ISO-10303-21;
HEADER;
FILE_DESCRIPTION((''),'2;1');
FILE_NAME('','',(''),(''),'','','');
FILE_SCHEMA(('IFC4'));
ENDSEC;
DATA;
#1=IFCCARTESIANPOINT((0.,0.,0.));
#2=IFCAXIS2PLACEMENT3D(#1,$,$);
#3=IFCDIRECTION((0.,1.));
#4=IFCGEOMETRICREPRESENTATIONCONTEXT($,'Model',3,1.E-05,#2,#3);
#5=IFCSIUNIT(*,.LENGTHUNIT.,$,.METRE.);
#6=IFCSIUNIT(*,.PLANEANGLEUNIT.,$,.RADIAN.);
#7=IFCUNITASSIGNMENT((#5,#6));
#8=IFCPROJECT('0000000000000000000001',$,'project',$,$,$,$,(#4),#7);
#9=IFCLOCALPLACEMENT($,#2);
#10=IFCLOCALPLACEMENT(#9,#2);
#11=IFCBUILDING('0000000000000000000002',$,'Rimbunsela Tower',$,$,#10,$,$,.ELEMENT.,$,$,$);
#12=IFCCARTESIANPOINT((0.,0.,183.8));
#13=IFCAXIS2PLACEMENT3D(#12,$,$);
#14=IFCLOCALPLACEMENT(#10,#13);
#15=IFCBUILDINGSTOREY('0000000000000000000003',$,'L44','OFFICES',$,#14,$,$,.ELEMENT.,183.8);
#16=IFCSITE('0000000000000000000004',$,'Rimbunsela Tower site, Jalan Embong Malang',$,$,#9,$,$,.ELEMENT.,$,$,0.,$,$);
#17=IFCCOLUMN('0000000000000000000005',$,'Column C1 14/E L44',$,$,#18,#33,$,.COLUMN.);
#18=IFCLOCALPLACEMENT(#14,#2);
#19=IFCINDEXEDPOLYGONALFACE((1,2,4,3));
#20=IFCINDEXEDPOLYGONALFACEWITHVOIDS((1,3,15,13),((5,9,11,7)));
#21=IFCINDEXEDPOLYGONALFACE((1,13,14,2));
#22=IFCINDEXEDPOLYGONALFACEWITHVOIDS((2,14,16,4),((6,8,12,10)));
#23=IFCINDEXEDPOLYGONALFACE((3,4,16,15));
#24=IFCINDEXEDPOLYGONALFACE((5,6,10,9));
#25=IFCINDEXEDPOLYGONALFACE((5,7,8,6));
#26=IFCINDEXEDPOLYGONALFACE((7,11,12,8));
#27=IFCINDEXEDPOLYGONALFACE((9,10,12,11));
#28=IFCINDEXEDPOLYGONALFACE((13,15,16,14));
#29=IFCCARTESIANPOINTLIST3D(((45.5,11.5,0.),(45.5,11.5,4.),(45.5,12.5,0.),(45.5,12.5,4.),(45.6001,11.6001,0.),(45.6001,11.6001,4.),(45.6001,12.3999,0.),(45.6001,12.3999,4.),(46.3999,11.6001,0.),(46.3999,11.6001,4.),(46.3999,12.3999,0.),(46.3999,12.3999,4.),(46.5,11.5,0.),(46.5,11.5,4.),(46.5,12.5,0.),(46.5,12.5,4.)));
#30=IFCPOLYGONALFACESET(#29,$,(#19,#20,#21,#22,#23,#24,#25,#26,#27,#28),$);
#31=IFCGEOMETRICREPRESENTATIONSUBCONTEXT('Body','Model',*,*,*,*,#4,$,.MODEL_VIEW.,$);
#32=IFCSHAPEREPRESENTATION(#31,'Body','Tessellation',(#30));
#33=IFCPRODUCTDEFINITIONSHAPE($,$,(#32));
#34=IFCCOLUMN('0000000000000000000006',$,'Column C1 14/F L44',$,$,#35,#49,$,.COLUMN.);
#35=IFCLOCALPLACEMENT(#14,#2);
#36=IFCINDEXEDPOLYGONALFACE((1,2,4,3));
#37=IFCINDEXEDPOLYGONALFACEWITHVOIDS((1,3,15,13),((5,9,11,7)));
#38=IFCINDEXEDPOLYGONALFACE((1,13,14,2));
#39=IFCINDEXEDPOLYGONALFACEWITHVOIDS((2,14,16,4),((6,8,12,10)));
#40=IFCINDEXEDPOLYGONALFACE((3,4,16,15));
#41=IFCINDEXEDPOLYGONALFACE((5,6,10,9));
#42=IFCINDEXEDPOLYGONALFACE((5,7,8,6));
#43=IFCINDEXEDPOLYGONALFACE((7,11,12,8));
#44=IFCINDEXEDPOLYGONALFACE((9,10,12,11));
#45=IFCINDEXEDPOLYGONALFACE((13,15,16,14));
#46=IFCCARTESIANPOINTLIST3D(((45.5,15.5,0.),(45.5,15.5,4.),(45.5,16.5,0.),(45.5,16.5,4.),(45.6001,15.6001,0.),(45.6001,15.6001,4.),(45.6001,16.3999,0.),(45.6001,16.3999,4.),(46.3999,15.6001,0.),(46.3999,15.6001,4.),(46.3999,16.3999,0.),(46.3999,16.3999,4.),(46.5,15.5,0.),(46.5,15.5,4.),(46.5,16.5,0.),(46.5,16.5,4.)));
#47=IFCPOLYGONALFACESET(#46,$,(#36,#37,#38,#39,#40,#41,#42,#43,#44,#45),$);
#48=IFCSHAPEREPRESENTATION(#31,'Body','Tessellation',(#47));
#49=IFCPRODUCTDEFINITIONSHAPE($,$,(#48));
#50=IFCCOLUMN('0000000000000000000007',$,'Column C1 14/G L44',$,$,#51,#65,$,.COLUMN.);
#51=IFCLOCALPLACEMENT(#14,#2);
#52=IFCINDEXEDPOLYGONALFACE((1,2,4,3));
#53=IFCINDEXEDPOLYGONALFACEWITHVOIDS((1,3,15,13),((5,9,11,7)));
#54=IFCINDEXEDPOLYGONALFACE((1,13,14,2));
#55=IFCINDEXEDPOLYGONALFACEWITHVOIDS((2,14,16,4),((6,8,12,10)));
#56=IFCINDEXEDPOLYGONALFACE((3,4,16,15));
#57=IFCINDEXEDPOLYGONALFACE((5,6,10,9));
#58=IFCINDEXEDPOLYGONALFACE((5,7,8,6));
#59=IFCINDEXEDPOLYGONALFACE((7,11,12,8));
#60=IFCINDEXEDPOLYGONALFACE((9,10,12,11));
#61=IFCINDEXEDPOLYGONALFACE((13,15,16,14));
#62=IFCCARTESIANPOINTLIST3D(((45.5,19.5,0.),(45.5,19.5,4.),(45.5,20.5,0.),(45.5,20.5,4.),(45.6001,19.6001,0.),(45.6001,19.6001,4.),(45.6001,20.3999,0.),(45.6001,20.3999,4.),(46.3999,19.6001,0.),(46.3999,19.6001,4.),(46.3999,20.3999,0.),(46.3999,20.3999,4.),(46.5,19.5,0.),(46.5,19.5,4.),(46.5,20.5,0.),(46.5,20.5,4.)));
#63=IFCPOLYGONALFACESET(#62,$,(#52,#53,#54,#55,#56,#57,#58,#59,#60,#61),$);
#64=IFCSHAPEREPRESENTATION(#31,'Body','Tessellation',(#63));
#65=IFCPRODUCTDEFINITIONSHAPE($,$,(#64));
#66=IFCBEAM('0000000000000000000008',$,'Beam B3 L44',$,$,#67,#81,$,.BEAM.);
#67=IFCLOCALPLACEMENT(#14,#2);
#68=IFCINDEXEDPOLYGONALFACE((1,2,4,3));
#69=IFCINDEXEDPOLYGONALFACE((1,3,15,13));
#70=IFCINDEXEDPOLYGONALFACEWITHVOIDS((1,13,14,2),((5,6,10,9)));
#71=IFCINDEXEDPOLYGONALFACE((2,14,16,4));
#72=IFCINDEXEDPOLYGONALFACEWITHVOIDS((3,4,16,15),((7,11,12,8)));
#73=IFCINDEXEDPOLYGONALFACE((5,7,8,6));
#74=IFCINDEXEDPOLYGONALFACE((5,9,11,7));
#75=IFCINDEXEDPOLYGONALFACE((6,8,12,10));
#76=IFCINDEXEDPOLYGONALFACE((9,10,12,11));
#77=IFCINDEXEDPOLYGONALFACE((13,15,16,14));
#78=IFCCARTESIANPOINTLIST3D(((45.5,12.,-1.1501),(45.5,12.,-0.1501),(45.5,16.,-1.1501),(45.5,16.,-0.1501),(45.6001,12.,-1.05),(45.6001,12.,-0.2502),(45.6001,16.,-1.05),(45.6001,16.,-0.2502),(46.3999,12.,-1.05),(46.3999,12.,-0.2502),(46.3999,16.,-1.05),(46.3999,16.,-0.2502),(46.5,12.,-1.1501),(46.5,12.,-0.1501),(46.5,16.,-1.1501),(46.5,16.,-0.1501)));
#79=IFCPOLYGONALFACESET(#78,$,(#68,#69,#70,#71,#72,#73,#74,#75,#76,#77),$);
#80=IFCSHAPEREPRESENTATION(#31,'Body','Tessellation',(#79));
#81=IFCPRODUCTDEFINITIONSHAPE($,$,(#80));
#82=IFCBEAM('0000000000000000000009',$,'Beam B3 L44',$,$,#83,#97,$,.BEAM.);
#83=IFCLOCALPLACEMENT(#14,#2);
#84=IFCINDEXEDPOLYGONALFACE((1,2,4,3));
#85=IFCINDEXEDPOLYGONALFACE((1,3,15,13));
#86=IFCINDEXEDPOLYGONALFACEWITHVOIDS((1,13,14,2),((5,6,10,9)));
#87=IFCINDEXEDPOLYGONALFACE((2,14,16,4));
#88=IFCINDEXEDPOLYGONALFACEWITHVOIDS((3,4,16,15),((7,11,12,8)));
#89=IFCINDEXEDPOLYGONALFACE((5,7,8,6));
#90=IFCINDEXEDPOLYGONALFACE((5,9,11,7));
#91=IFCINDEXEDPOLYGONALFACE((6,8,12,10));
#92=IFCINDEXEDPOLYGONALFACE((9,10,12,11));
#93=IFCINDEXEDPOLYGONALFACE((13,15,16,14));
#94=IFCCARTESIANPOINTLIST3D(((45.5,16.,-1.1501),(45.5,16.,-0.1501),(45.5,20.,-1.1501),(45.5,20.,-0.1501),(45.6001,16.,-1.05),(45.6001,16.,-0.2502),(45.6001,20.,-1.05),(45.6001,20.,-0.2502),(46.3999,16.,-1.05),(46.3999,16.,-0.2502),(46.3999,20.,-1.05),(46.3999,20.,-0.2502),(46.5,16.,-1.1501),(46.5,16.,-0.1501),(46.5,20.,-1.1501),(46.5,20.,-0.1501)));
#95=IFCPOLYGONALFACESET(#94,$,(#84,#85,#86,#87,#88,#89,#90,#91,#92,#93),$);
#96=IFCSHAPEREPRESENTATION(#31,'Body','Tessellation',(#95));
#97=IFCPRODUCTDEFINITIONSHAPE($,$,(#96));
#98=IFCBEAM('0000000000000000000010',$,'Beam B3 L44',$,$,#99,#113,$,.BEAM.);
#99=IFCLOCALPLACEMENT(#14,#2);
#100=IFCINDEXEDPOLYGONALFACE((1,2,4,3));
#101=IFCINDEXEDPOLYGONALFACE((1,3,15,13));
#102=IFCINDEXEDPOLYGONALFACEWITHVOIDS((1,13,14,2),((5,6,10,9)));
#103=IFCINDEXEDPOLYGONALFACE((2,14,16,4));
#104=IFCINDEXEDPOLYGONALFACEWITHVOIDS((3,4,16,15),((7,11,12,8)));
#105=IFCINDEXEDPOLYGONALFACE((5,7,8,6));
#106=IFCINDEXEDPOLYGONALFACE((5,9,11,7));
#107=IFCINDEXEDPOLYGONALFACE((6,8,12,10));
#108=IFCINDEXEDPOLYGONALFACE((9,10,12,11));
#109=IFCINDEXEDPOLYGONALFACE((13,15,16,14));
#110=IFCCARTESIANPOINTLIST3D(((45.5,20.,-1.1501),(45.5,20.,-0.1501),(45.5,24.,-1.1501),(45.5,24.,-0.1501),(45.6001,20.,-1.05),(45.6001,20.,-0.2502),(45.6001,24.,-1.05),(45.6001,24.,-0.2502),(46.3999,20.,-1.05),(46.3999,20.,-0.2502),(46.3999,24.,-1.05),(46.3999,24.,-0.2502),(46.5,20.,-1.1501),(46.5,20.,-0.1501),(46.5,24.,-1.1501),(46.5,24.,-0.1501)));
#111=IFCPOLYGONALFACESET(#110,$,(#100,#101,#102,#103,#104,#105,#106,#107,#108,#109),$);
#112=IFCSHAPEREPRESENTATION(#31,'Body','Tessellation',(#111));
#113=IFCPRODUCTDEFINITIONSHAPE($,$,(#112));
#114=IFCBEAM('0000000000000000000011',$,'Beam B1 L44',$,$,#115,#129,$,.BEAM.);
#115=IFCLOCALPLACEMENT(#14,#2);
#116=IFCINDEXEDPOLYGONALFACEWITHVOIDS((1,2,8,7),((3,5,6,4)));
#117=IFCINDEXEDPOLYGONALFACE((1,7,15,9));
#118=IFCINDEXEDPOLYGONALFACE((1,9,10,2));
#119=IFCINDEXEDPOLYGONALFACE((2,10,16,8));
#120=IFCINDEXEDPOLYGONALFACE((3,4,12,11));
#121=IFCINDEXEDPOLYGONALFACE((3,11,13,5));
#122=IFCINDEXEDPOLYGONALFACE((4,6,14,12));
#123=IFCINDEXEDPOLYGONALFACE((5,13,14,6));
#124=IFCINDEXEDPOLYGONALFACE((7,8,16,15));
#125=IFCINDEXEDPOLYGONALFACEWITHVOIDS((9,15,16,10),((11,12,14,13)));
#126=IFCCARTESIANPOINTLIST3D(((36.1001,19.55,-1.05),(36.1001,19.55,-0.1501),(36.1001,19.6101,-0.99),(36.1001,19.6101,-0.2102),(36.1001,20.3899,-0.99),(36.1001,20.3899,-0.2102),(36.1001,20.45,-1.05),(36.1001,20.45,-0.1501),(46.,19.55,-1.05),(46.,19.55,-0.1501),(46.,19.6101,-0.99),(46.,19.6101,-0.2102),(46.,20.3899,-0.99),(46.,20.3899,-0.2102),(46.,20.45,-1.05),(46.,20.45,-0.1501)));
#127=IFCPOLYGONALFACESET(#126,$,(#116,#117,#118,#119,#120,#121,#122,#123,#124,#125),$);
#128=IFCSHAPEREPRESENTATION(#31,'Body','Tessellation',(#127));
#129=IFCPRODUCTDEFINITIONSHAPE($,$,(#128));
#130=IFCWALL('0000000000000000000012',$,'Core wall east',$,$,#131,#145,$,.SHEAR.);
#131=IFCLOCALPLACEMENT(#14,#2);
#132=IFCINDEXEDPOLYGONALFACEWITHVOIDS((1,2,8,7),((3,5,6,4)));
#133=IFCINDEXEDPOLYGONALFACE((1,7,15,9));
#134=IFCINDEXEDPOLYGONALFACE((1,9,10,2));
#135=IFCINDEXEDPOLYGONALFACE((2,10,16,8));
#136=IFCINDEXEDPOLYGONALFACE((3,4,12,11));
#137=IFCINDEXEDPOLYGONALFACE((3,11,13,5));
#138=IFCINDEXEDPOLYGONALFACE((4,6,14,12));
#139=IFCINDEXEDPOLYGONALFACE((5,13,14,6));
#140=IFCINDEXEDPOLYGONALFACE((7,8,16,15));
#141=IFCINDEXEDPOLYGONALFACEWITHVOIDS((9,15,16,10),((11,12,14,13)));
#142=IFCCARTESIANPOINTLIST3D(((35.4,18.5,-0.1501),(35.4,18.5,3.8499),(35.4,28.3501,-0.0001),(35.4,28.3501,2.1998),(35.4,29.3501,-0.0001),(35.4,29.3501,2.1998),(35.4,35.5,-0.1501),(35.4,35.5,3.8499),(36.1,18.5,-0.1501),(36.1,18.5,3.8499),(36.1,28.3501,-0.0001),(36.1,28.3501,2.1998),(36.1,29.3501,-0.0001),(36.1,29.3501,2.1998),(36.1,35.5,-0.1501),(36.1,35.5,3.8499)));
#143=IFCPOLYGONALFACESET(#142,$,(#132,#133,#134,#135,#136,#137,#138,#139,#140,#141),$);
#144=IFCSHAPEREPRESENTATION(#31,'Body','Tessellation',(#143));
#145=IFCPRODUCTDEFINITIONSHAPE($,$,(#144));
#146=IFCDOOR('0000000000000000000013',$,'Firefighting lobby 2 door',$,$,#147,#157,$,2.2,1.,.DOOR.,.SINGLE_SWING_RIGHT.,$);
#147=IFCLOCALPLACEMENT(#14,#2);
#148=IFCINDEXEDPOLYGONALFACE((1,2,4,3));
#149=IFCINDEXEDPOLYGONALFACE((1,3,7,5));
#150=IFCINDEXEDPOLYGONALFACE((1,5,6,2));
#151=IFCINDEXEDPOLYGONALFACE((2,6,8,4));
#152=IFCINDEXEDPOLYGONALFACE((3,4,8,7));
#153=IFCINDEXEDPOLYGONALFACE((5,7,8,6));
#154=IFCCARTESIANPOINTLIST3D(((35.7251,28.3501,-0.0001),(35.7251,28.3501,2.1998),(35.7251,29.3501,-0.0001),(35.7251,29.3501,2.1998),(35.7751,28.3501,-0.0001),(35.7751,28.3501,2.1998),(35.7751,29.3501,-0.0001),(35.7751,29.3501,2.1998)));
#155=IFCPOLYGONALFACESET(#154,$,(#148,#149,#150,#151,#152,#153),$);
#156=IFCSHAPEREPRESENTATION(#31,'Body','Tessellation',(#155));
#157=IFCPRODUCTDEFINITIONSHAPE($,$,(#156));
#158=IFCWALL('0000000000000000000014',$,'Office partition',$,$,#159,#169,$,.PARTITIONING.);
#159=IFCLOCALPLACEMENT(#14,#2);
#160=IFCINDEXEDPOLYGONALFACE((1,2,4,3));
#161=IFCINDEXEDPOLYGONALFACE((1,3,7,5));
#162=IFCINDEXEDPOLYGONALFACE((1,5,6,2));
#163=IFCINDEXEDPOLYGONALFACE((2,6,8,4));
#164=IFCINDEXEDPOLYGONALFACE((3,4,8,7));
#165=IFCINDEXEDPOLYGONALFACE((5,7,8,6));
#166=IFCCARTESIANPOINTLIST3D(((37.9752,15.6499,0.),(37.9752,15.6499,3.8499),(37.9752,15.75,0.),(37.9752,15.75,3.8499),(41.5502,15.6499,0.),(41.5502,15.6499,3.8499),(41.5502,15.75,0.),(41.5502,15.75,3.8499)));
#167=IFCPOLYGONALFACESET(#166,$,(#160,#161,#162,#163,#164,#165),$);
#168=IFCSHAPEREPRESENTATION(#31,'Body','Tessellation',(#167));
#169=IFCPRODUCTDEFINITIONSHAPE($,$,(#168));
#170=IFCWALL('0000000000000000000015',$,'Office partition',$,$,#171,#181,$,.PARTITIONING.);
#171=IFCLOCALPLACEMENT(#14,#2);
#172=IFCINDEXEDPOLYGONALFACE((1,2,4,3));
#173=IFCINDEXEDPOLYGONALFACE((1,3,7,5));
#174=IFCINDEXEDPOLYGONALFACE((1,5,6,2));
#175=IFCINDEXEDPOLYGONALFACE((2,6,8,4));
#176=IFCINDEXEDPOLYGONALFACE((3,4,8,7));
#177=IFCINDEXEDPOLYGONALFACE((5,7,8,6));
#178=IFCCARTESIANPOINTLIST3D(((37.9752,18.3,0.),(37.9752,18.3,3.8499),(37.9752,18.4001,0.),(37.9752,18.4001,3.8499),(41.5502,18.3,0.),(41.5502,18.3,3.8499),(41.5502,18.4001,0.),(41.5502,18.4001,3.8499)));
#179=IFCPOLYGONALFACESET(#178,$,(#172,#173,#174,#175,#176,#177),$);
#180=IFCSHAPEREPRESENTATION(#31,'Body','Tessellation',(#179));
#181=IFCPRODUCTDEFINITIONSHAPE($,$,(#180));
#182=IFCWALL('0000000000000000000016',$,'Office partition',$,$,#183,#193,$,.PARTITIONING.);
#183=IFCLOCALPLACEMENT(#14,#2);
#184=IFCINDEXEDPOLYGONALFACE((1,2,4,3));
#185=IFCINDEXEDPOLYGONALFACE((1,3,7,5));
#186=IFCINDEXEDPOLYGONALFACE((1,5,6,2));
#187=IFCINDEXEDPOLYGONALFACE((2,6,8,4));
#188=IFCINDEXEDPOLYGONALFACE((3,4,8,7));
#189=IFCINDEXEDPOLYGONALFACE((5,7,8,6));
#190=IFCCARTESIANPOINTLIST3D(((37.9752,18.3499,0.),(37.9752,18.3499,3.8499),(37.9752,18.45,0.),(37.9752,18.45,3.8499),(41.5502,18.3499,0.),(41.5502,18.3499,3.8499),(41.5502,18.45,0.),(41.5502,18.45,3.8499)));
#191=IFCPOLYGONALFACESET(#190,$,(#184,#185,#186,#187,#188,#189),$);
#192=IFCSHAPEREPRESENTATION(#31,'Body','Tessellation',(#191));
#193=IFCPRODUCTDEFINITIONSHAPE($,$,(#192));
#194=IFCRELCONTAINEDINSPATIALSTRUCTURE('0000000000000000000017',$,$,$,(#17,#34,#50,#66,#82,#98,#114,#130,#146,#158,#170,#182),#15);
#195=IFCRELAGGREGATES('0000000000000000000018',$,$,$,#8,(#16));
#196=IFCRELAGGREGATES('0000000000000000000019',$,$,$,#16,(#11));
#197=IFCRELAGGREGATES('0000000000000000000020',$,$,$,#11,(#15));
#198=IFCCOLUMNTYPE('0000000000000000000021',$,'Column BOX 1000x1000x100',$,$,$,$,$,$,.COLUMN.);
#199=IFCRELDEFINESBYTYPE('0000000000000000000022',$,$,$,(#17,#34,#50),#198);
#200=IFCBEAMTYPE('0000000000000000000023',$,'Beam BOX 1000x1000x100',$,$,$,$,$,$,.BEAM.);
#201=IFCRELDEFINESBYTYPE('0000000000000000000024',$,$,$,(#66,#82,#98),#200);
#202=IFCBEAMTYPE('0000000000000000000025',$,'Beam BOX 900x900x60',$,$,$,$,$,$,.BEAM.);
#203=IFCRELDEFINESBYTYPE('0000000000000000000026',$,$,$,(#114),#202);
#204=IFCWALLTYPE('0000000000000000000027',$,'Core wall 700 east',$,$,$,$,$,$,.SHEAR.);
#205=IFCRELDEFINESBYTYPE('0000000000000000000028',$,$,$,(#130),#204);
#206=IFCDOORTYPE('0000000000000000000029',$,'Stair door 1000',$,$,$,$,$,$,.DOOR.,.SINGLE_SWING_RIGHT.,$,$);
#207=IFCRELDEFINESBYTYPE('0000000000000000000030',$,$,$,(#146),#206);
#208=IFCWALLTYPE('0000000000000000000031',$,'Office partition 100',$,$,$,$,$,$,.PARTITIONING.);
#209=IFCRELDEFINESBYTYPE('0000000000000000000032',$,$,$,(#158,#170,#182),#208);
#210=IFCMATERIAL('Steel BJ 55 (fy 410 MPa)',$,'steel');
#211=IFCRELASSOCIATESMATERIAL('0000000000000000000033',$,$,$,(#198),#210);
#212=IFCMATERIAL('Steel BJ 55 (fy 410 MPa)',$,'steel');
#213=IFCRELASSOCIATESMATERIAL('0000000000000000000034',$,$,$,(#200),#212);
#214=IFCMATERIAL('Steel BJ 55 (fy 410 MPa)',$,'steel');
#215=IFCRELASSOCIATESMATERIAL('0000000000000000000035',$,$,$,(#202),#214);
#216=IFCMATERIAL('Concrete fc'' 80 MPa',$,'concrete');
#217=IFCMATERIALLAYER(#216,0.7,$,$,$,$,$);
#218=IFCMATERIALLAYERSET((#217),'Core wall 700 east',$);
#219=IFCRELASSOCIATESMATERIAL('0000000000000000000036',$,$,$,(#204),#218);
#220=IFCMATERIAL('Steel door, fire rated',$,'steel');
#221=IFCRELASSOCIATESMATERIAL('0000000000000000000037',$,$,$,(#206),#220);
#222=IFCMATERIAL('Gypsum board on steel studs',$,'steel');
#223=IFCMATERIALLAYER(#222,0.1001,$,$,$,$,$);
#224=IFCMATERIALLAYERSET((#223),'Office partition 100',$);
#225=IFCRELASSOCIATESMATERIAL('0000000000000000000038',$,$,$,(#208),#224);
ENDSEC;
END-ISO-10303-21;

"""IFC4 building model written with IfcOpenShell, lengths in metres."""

from ifc_helpers import new_model, si_unit, direction, frame, frame_2d, origin, origin_2d, place, context, subcontext, project, spatial, rectangle, hollow_rectangle, extrude, material, layer, layer_set, material_profile, profile_set, type_object, element, fill, save


model = new_model("IFC4")

# Units and contexts
model_context = context("Model", 3, precision=1e-05, world=origin(), true_north=direction((0.0, 1.0)))
body_context = subcontext(model_context, "Body", "Model", "MODEL_VIEW")
ifc_project = project(units=[si_unit("LENGTHUNIT", "METRE"), si_unit("PLANEANGLEUNIT", "RADIAN")], contexts=[model_context])

# Site, building, storey
site_placement = place(None, origin())
site = spatial("IfcSite", under=ifc_project, at=site_placement, Name="Rimbunsela Tower site, Jalan Embong Malang", CompositionType="ELEMENT", RefElevation=0.0)
building_placement = place(site_placement, origin())
building = spatial("IfcBuilding", under=site, at=building_placement, Name="Rimbunsela Tower", CompositionType="ELEMENT")
storey_placement = place(building_placement, frame((0.0, 0.0, 183.8)))
storey = spatial("IfcBuildingStorey", under=building, at=storey_placement, Name="L44", Description="OFFICES", CompositionType="ELEMENT", Elevation=183.8)

# Columns
ifc_material_1 = material(Name="Steel BJ 55 (fy 410 MPa)", Category="steel")
ifc_material_profile_1 = material_profile(ifc_material_1, hollow_rectangle(XDim=1.0, YDim=1.0, WallThickness=0.1001, at=origin_2d()), Name="BOX 1000x1000x100")
ifc_profile_set_1 = profile_set([ifc_material_profile_1], Name="Steel BJ 55 (fy 410 MPa)")
column_type = type_object("IfcColumnType", Name="Column BOX 1000x1000x100", PredefinedType="COLUMN", material=ifc_profile_set_1)
for number, where, z_axis, x_axis, name in (
    (1, (46.0, 12.0, 0.0), (0.0, 0.0, 1.0), (1.0, 0.0, 0.0), "Column C1 14/E L44"),
    (2, (46.0, 16.0, 0.0), (0.0, 0.0, 1.0), (1.0, 0.0, 0.0), "Column C1 14/F L44"),
    (3, (46.0, 20.0, 0.0), (0.0, 0.0, 1.0), (1.0, 0.0, 0.0), "Column C1 14/G L44"),
):
    element("IfcColumn", number, at=place(storey_placement, frame(where, z_axis=z_axis, x_axis=x_axis)), inside=storey, type_object=column_type, Name=name, PredefinedType="COLUMN", context=body_context, shape_type="SweptSolid", body=[
        extrude(hollow_rectangle(XDim=1.0, YDim=1.0, WallThickness=0.1001, at=origin_2d()), origin(), (0.0, 0.0, 1.0), 4.0),
    ])

# Beams
ifc_material_2 = material(Name="Steel BJ 55 (fy 410 MPa)", Category="steel")
ifc_material_profile_2 = material_profile(ifc_material_2, hollow_rectangle(XDim=1.0, YDim=1.0, WallThickness=0.1001, at=origin_2d()), Name="BOX 1000x1000x100")
ifc_profile_set_2 = profile_set([ifc_material_profile_2], Name="Steel BJ 55 (fy 410 MPa)")
beam_type_1 = type_object("IfcBeamType", Name="Beam BOX 1000x1000x100", PredefinedType="BEAM", material=ifc_profile_set_2)
for number, where, z_axis, x_axis, name in (
    (4, (46.0, 12.0, -0.6501), (0.0, 1.0, 0.0), (-1.0, 0.0, 0.0), "Beam B3 L44"),
    (5, (46.0, 16.0, -0.6501), (0.0, 1.0, 0.0), (-1.0, 0.0, 0.0), "Beam B3 L44"),
    (6, (46.0, 20.0, -0.6501), (0.0, 1.0, 0.0), (-1.0, 0.0, 0.0), "Beam B3 L44"),
):
    element("IfcBeam", number, at=place(storey_placement, frame(where, z_axis=z_axis, x_axis=x_axis)), inside=storey, type_object=beam_type_1, Name=name, PredefinedType="BEAM", context=body_context, shape_type="SweptSolid", body=[
        extrude(hollow_rectangle(XDim=1.0, YDim=1.0, WallThickness=0.1001, at=origin_2d()), origin(), (0.0, 0.0, 1.0), 4.0),
    ])
ifc_material_3 = material(Name="Steel BJ 55 (fy 410 MPa)", Category="steel")
ifc_material_profile_3 = material_profile(ifc_material_3, hollow_rectangle(XDim=0.8999, YDim=0.8999, WallThickness=0.0601, at=origin_2d()), Name="BOX 900x900x60")
ifc_profile_set_3 = profile_set([ifc_material_profile_3], Name="Steel BJ 55 (fy 410 MPa)")
beam_type_2 = type_object("IfcBeamType", Name="Beam BOX 900x900x60", PredefinedType="BEAM", material=ifc_profile_set_3)
beam_placement = place(storey_placement, frame((36.1001, 20.0, -0.6001), z_axis=(1.0, 0.0, 0.0), x_axis=(0.0, 1.0, 0.0)))
element("IfcBeam", 7, at=beam_placement, inside=storey, type_object=beam_type_2, Name="Beam B1 L44", PredefinedType="BEAM", context=body_context, shape_type="SweptSolid", body=[
    extrude(hollow_rectangle(XDim=0.8999, YDim=0.8999, WallThickness=0.0601, at=origin_2d()), origin(), (0.0, 0.0, 1.0), 9.8999),
])

# Wall, opening, door
ifc_material_4 = material(Name="Concrete fc' 80 MPa", Category="concrete")
ifc_layer_1 = layer(ifc_material_4, 0.7)
ifc_layer_set_1 = layer_set([ifc_layer_1], Name="Core wall 700 east")
wall_type_1 = type_object("IfcWallType", Name="Core wall 700 east", PredefinedType="SHEAR", material=ifc_layer_set_1)
wall_1_placement = place(storey_placement, frame((35.75, 18.5, -0.1501), z_axis=(0.0, 0.0, 1.0), x_axis=(0.0, 1.0, 0.0)))
wall_1 = element("IfcWall", 8, at=wall_1_placement, inside=storey, type_object=wall_type_1, Name="Core wall east", PredefinedType="SHEAR", context=body_context, shape_type="SweptSolid", body=[
    extrude(rectangle(XDim=17.0, YDim=0.7, at=frame_2d((8.5, 0.0))), origin(), (0.0, 0.0, 1.0), 4.0),
])
opening_1_placement = place(wall_1_placement, frame((9.8501, 0.0, 0.1499)))
opening_1 = element("IfcOpeningElement", 9, at=opening_1_placement, cuts=wall_1, PredefinedType="OPENING", context=body_context, shape_type="SweptSolid", body=[
    extrude(rectangle(XDim=1.0, YDim=2.2, at=frame_2d((0.5, 1.1001))), frame((0.0, 0.3599, 0.0), z_axis=(0.0, -1.0, 0.0), x_axis=(1.0, 0.0, 0.0)), (0.0, 0.0, 1.0), 0.72),
])
ifc_material_5 = material(Name="Steel door, fire rated", Category="steel")
door_type_1 = type_object("IfcDoorType", Name="Stair door 1000", OperationType="SINGLE_SWING_RIGHT", PredefinedType="DOOR", material=ifc_material_5)
door_1_placement = place(opening_1_placement, origin())
door_1 = element("IfcDoor", 10, at=door_1_placement, inside=storey, type_object=door_type_1, Name="Firefighting lobby 2 door", OperationType="SINGLE_SWING_RIGHT", OverallHeight=2.2, OverallWidth=1.0, PredefinedType="DOOR", context=body_context, shape_type="SweptSolid", body=[
    extrude(rectangle(XDim=1.0, YDim=2.2, at=frame_2d((0.5, 1.1001))), frame((0.0, 0.0249, 0.0), z_axis=(0.0, -1.0, 0.0), x_axis=(1.0, 0.0, 0.0)), (0.0, 0.0, 1.0), 0.05),
])
fill(opening_1, door_1)

# Walls
ifc_material_6 = material(Name="Gypsum board on steel studs", Category="steel")
ifc_layer_2 = layer(ifc_material_6, 0.1001)
ifc_layer_set_2 = layer_set([ifc_layer_2], Name="Office partition 100")
wall_type_2 = type_object("IfcWallType", Name="Office partition 100", PredefinedType="PARTITIONING", material=ifc_layer_set_2)
for number, where, z_axis, x_axis, name in (
    (11, (37.9751, 15.7, 0.0), (0.0, 0.0, 1.0), (1.0, 0.0, 0.0), "Office partition"),
    (12, (37.9751, 18.3501, 0.0), (0.0, 0.0, 1.0), (1.0, 0.0, 0.0), "Office partition"),
    (13, (37.9751, 18.3999, 0.0), (0.0, 0.0, 1.0), (1.0, 0.0, 0.0), "Office partition"),
):
    element("IfcWall", number, at=place(storey_placement, frame(where, z_axis=z_axis, x_axis=x_axis)), inside=storey, type_object=wall_type_2, Name=name, PredefinedType="PARTITIONING", context=body_context, shape_type="SweptSolid", body=[
        extrude(rectangle(XDim=3.575, YDim=0.1001, at=frame_2d((1.7876, 0.0))), origin(), (0.0, 0.0, 1.0), 3.8499),
    ])

save(model, "model.ifc")
